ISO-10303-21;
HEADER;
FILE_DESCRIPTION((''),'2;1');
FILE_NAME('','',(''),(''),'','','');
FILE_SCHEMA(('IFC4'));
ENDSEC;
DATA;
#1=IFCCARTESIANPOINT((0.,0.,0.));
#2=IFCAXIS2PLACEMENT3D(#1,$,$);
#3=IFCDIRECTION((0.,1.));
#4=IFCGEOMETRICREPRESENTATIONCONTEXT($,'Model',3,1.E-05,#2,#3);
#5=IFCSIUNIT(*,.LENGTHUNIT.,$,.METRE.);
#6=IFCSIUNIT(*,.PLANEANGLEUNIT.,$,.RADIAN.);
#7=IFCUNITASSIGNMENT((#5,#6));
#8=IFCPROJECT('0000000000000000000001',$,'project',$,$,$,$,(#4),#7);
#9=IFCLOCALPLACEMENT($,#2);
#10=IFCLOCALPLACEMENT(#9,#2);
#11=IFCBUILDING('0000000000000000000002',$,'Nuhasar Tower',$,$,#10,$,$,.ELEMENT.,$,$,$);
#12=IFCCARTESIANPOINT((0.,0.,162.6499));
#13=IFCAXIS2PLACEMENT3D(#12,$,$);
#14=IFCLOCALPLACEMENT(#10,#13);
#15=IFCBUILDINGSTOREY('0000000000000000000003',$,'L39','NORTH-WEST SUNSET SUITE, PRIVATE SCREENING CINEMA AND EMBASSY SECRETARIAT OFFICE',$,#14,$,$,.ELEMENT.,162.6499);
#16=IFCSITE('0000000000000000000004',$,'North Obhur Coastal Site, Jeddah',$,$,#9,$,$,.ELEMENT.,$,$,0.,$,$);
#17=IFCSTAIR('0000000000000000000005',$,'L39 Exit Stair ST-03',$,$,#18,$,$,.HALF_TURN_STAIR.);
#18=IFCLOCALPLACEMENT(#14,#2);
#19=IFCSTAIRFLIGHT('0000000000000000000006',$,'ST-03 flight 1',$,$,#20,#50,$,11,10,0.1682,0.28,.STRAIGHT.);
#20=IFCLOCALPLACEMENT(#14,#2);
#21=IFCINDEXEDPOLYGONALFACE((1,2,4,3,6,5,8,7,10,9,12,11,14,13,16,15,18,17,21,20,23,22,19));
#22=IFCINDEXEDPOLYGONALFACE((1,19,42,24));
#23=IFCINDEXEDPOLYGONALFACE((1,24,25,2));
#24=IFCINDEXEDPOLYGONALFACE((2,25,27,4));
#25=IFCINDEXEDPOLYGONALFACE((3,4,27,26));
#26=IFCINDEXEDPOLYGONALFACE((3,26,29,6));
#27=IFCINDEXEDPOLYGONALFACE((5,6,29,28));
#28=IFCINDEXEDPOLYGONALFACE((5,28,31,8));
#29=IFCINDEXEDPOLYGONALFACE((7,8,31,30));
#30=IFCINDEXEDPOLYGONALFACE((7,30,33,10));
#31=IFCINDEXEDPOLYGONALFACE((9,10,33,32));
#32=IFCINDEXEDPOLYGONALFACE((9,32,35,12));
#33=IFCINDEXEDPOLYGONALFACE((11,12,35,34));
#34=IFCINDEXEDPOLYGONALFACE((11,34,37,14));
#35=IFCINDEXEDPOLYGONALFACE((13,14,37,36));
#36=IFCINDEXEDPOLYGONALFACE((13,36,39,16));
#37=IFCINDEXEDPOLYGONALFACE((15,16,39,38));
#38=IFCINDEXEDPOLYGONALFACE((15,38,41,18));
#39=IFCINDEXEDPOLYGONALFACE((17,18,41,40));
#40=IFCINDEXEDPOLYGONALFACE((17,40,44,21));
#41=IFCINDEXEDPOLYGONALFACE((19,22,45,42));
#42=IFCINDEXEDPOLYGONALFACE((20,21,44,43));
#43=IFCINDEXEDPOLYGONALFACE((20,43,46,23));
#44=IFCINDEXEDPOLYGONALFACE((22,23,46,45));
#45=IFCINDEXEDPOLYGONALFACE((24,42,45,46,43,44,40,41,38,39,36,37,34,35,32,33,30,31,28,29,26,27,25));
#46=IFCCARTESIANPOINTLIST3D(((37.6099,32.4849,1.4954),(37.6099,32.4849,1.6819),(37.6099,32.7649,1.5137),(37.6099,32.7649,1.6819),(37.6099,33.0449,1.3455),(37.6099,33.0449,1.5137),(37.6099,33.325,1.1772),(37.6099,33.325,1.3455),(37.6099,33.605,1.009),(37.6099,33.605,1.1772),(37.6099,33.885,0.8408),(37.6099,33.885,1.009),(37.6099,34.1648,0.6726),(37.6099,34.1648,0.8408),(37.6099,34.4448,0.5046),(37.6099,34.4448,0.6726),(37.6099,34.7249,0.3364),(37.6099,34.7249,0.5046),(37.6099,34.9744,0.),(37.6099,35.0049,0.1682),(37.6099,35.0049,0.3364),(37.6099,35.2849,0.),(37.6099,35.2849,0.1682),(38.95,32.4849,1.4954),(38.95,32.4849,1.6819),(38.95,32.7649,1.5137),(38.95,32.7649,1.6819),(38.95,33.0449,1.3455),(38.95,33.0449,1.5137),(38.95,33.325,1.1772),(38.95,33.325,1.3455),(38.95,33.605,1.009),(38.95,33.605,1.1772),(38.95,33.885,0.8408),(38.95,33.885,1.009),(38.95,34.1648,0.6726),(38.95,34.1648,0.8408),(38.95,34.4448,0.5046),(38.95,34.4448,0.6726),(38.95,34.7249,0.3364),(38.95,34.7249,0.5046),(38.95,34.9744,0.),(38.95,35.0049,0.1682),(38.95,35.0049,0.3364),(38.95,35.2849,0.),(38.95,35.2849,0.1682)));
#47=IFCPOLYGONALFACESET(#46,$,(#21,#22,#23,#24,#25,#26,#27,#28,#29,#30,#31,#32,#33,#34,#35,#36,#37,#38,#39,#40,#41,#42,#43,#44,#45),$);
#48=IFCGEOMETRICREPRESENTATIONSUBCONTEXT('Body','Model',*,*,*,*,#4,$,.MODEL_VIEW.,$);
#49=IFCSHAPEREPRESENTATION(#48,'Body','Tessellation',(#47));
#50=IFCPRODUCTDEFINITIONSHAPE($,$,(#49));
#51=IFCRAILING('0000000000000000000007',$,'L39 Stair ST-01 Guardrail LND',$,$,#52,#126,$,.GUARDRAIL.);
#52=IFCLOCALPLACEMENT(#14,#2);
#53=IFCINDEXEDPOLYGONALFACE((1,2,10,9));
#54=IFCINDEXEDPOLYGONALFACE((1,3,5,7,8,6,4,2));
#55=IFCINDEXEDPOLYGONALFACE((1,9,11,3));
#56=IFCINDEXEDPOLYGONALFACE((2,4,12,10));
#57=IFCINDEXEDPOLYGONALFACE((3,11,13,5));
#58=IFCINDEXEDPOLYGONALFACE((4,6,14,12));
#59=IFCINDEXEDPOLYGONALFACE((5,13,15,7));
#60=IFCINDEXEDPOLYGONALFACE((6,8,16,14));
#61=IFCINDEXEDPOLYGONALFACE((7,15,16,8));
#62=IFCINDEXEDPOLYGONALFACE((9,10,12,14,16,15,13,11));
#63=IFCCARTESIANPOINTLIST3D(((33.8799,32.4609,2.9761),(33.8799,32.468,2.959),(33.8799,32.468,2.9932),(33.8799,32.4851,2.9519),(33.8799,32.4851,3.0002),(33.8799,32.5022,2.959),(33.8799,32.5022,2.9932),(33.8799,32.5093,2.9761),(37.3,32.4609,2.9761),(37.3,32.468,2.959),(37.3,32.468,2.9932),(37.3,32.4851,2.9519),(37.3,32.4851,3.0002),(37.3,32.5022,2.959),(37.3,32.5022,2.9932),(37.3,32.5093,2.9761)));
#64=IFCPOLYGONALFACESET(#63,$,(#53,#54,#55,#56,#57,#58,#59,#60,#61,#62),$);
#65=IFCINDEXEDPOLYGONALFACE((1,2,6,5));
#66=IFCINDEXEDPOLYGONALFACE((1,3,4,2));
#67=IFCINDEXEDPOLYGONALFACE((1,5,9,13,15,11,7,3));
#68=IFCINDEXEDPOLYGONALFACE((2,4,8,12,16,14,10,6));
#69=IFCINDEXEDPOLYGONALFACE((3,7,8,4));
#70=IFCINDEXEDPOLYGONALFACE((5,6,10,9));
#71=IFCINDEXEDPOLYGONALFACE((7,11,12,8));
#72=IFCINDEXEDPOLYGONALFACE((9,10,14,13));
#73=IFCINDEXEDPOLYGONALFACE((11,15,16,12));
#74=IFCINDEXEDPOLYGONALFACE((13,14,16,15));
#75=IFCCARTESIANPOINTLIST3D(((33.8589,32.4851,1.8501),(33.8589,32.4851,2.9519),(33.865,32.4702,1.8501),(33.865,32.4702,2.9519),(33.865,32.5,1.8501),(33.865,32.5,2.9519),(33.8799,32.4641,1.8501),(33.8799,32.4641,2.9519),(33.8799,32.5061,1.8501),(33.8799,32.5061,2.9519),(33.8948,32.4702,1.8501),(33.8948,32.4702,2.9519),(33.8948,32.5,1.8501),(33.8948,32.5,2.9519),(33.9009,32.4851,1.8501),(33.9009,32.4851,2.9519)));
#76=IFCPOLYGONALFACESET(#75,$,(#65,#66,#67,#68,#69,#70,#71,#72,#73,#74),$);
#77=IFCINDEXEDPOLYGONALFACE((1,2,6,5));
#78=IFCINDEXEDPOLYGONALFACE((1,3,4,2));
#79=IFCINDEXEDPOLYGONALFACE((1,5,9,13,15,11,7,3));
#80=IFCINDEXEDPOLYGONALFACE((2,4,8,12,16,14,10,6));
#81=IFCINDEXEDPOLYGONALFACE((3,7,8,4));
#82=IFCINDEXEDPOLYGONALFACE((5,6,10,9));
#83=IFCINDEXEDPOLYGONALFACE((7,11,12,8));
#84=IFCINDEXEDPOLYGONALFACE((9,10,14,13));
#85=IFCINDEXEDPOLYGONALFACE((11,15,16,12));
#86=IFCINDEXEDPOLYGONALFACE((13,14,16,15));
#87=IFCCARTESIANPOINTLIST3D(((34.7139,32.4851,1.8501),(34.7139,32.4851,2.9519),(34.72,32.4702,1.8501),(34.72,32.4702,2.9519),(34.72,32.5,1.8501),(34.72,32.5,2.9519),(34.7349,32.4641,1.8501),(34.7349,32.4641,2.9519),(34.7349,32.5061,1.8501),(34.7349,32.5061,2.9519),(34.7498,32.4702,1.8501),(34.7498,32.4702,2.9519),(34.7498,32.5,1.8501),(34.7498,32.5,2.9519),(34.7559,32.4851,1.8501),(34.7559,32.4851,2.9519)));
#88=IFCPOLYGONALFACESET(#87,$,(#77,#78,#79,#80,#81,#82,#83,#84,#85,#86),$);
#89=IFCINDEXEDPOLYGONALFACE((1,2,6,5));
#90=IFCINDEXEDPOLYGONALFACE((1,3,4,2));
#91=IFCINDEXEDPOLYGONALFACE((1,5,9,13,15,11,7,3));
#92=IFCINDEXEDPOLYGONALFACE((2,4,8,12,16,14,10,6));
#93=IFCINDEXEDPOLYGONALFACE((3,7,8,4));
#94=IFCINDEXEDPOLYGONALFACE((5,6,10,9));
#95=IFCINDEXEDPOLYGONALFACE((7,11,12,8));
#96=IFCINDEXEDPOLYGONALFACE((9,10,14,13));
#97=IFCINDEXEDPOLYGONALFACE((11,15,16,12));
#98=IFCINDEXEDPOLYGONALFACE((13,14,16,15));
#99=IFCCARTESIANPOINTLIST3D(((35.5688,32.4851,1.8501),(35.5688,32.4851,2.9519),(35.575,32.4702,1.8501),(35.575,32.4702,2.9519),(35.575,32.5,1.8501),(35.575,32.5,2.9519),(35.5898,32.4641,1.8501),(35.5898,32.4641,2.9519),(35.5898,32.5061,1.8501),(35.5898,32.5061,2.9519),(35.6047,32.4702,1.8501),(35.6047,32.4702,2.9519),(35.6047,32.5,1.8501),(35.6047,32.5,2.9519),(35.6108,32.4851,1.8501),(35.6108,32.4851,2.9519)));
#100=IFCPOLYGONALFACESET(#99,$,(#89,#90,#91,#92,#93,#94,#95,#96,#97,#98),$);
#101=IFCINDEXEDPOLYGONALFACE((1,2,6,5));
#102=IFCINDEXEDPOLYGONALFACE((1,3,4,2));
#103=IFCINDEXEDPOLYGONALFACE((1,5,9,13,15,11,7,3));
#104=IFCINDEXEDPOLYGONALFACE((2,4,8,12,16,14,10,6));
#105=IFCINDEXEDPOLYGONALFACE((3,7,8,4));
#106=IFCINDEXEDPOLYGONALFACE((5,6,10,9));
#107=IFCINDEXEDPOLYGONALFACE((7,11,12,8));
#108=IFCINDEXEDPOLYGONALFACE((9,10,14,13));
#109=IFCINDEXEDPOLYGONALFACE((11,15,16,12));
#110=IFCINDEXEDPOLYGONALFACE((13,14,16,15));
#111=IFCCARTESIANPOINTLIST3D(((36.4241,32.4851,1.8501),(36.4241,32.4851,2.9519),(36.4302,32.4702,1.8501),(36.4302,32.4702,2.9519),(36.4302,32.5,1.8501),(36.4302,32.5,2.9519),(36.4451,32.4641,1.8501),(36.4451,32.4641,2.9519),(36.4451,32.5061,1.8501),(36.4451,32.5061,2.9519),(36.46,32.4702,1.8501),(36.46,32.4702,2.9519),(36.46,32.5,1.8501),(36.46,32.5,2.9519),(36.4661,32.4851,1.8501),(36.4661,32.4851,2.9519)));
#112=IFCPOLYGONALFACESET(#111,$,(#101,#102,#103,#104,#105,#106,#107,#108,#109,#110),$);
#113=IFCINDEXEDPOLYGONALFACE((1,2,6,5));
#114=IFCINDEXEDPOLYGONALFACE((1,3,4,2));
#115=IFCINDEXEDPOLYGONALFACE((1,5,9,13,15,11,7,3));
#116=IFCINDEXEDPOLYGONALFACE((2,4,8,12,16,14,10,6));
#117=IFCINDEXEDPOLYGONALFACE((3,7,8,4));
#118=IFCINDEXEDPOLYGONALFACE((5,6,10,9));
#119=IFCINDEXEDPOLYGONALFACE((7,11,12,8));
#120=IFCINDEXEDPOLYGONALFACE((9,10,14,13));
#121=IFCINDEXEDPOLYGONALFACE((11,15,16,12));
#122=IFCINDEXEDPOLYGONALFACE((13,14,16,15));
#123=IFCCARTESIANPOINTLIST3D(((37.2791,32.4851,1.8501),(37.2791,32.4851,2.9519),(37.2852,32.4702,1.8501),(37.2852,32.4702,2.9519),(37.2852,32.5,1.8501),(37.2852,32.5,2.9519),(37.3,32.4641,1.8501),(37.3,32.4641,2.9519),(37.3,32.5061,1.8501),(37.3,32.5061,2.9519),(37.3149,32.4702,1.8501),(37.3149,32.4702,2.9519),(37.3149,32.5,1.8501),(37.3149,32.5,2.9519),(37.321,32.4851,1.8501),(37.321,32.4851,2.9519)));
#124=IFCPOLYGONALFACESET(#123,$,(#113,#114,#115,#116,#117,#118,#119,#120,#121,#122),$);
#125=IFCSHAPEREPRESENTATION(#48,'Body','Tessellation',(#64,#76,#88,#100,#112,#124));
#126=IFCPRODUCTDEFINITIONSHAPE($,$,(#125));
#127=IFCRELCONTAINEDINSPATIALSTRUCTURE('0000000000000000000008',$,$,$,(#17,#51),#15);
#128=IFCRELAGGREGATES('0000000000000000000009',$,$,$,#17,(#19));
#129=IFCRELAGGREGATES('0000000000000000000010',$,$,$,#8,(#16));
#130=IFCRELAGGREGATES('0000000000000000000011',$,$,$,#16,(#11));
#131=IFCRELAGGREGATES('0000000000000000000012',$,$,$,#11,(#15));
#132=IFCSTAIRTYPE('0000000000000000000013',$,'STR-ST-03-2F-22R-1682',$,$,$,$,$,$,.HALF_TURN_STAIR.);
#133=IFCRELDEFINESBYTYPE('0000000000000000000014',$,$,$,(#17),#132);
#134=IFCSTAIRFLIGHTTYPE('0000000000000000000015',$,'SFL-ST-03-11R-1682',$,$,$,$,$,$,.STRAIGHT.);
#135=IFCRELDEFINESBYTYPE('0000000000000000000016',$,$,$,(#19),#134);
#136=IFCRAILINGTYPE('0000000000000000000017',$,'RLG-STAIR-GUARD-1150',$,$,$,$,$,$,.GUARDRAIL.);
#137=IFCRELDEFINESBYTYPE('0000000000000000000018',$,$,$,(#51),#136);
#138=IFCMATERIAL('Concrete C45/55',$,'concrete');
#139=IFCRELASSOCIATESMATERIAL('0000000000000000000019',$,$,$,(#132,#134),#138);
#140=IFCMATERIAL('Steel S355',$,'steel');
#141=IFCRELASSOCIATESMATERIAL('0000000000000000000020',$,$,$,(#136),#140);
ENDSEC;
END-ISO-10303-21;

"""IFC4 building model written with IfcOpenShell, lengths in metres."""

from ifc_helpers import new_model, si_unit, direction, frame, origin, place, context, subcontext, project, spatial, polyline, outline, extrude, material, type_object, element, aggregate, save


model = new_model("IFC4")

# Units and contexts
model_context = context("Model", 3, precision=1e-05, world=origin(), true_north=direction((0.0, 1.0)))
body_context = subcontext(model_context, "Body", "Model", "MODEL_VIEW")
ifc_project = project(units=[si_unit("LENGTHUNIT", "METRE"), si_unit("PLANEANGLEUNIT", "RADIAN")], contexts=[model_context])

# Site, building, storey
site_placement = place(None, origin())
site = spatial("IfcSite", under=ifc_project, at=site_placement, Name="North Obhur Coastal Site, Jeddah", CompositionType="ELEMENT", RefElevation=0.0)
building_placement = place(site_placement, origin())
building = spatial("IfcBuilding", under=site, at=building_placement, Name="Nuhasar Tower", CompositionType="ELEMENT")
storey_placement = place(building_placement, frame((0.0, 0.0, 162.6499)))
storey = spatial("IfcBuildingStorey", under=building, at=storey_placement, Name="L39", Description="NORTH-WEST SUNSET SUITE, PRIVATE SCREENING CINEMA AND EMBASSY SECRETARIAT OFFICE", CompositionType="ELEMENT", Elevation=162.6499)

# Shared definitions
ifc_material_1 = material(Name="Steel S355", Category="steel")

# Shared definitions
ifc_material_2 = material(Name="Concrete C45/55", Category="concrete")

# Stair, stair flight
stair_type_1 = type_object("IfcStairType", Name="STR-ST-03-2F-22R-1682", PredefinedType="HALF_TURN_STAIR", material=ifc_material_2)
stair_1_placement = place(storey_placement, origin())
stair_1 = element("IfcStair", 1, at=stair_1_placement, inside=storey, type_object=stair_type_1, Name="L39 Exit Stair ST-03", PredefinedType="HALF_TURN_STAIR")
stair_flight_type_1 = type_object("IfcStairFlightType", Name="SFL-ST-03-11R-1682", PredefinedType="STRAIGHT", material=ifc_material_2)
stair_flight_1_placement = place(storey_placement, frame((38.28, 35.2849, 0.0), z_axis=(0.0, 0.0, 1.0), x_axis=(0.0, -1.0, 0.0)))
stair_flight_1 = element("IfcStairFlight", 2, at=stair_flight_1_placement, type_object=stair_flight_type_1, Name="ST-03 flight 1", NumberOfRisers=11, NumberOfTreads=10, PredefinedType="STRAIGHT", RiserHeight=0.1682, TreadLength=0.28, context=body_context, shape_type="SweptSolid", body=[
    extrude(outline(polyline([(0.0, 0.0), (0.0, 0.1682), (0.28, 0.1682), (0.28, 0.3364), (0.5601, 0.3364), (0.5601, 0.5046), (0.8401, 0.5046), (0.8401, 0.6726), (1.1201, 0.6726), (1.1201, 0.8408), (1.3999, 0.8408), (1.3999, 1.009), (1.6799, 1.009), (1.6799, 1.1772), (1.96, 1.1772), (1.96, 1.3455), (2.24, 1.3455), (2.24, 1.5137), (2.52, 1.5137), (2.52, 1.6819), (2.8, 1.6819), (2.8, 1.8501), (2.8, 1.4954), (0.3105, 0.0), (0.0, 0.0)])), frame((0.0, 0.6699, 0.0), z_axis=(0.0, -1.0, 0.0), x_axis=(1.0, 0.0, 0.0)), (0.0, 0.0, 1.0), 1.3401),
])
aggregate(stair_1, [stair_flight_1])

# Railing
railing_type_1 = type_object("IfcRailingType", Name="RLG-STAIR-GUARD-1150", PredefinedType="GUARDRAIL", material=ifc_material_1)
railing_1_placement = place(storey_placement, frame((33.8799, 32.4851, 1.8501)))
element("IfcRailing", 3, at=railing_1_placement, inside=storey, type_object=railing_type_1, Name="L39 Stair ST-01 Guardrail LND", PredefinedType="GUARDRAIL", context=body_context, shape_type="SweptSolid", body=[
    extrude(outline(polyline([(0.0242, 0.0), (0.0171, 0.0171), (0.0, 0.0242), (-0.0171, 0.0171), (-0.0242, 0.0), (-0.0171, -0.0171), (0.0, -0.0242), (0.0171, -0.0171), (0.0242, 0.0)])), frame((0.0, 0.0, 1.126), z_axis=(1.0, 0.0, 0.0), x_axis=(0.0, 1.0, 0.0)), (0.0, 0.0, 1.0), 3.4202),
    extrude(outline(polyline([(0.021, 0.0), (0.0149, 0.0149), (0.0, 0.021), (-0.0149, 0.0149), (-0.021, 0.0), (-0.0149, -0.0149), (0.0, -0.021), (0.0149, -0.0149), (0.021, 0.0)])), origin(), (0.0, 0.0, 1.0), 1.1018),
    extrude(outline(polyline([(0.021, 0.0), (0.0149, 0.0149), (0.0, 0.021), (-0.0149, 0.0149), (-0.021, 0.0), (-0.0149, -0.0149), (0.0, -0.021), (0.0149, -0.0149), (0.021, 0.0)])), frame((0.855, 0.0, 0.0)), (0.0, 0.0, 1.0), 1.1018),
    extrude(outline(polyline([(0.021, 0.0), (0.0149, 0.0149), (0.0, 0.021), (-0.0149, 0.0149), (-0.021, 0.0), (-0.0149, -0.0149), (0.0, -0.021), (0.0149, -0.0149), (0.021, 0.0)])), frame((1.71, 0.0, 0.0)), (0.0, 0.0, 1.0), 1.1018),
    extrude(outline(polyline([(0.021, 0.0), (0.0149, 0.0149), (0.0, 0.021), (-0.0149, 0.0149), (-0.021, 0.0), (-0.0149, -0.0149), (0.0, -0.021), (0.0149, -0.0149), (0.021, 0.0)])), frame((2.5652, 0.0, 0.0)), (0.0, 0.0, 1.0), 1.1018),
    extrude(outline(polyline([(0.021, 0.0), (0.0149, 0.0149), (0.0, 0.021), (-0.0149, 0.0149), (-0.021, 0.0), (-0.0149, -0.0149), (0.0, -0.021), (0.0149, -0.0149), (0.021, 0.0)])), frame((3.4202, 0.0, 0.0)), (0.0, 0.0, 1.0), 1.1018),
])

save(model, "model.ifc")
